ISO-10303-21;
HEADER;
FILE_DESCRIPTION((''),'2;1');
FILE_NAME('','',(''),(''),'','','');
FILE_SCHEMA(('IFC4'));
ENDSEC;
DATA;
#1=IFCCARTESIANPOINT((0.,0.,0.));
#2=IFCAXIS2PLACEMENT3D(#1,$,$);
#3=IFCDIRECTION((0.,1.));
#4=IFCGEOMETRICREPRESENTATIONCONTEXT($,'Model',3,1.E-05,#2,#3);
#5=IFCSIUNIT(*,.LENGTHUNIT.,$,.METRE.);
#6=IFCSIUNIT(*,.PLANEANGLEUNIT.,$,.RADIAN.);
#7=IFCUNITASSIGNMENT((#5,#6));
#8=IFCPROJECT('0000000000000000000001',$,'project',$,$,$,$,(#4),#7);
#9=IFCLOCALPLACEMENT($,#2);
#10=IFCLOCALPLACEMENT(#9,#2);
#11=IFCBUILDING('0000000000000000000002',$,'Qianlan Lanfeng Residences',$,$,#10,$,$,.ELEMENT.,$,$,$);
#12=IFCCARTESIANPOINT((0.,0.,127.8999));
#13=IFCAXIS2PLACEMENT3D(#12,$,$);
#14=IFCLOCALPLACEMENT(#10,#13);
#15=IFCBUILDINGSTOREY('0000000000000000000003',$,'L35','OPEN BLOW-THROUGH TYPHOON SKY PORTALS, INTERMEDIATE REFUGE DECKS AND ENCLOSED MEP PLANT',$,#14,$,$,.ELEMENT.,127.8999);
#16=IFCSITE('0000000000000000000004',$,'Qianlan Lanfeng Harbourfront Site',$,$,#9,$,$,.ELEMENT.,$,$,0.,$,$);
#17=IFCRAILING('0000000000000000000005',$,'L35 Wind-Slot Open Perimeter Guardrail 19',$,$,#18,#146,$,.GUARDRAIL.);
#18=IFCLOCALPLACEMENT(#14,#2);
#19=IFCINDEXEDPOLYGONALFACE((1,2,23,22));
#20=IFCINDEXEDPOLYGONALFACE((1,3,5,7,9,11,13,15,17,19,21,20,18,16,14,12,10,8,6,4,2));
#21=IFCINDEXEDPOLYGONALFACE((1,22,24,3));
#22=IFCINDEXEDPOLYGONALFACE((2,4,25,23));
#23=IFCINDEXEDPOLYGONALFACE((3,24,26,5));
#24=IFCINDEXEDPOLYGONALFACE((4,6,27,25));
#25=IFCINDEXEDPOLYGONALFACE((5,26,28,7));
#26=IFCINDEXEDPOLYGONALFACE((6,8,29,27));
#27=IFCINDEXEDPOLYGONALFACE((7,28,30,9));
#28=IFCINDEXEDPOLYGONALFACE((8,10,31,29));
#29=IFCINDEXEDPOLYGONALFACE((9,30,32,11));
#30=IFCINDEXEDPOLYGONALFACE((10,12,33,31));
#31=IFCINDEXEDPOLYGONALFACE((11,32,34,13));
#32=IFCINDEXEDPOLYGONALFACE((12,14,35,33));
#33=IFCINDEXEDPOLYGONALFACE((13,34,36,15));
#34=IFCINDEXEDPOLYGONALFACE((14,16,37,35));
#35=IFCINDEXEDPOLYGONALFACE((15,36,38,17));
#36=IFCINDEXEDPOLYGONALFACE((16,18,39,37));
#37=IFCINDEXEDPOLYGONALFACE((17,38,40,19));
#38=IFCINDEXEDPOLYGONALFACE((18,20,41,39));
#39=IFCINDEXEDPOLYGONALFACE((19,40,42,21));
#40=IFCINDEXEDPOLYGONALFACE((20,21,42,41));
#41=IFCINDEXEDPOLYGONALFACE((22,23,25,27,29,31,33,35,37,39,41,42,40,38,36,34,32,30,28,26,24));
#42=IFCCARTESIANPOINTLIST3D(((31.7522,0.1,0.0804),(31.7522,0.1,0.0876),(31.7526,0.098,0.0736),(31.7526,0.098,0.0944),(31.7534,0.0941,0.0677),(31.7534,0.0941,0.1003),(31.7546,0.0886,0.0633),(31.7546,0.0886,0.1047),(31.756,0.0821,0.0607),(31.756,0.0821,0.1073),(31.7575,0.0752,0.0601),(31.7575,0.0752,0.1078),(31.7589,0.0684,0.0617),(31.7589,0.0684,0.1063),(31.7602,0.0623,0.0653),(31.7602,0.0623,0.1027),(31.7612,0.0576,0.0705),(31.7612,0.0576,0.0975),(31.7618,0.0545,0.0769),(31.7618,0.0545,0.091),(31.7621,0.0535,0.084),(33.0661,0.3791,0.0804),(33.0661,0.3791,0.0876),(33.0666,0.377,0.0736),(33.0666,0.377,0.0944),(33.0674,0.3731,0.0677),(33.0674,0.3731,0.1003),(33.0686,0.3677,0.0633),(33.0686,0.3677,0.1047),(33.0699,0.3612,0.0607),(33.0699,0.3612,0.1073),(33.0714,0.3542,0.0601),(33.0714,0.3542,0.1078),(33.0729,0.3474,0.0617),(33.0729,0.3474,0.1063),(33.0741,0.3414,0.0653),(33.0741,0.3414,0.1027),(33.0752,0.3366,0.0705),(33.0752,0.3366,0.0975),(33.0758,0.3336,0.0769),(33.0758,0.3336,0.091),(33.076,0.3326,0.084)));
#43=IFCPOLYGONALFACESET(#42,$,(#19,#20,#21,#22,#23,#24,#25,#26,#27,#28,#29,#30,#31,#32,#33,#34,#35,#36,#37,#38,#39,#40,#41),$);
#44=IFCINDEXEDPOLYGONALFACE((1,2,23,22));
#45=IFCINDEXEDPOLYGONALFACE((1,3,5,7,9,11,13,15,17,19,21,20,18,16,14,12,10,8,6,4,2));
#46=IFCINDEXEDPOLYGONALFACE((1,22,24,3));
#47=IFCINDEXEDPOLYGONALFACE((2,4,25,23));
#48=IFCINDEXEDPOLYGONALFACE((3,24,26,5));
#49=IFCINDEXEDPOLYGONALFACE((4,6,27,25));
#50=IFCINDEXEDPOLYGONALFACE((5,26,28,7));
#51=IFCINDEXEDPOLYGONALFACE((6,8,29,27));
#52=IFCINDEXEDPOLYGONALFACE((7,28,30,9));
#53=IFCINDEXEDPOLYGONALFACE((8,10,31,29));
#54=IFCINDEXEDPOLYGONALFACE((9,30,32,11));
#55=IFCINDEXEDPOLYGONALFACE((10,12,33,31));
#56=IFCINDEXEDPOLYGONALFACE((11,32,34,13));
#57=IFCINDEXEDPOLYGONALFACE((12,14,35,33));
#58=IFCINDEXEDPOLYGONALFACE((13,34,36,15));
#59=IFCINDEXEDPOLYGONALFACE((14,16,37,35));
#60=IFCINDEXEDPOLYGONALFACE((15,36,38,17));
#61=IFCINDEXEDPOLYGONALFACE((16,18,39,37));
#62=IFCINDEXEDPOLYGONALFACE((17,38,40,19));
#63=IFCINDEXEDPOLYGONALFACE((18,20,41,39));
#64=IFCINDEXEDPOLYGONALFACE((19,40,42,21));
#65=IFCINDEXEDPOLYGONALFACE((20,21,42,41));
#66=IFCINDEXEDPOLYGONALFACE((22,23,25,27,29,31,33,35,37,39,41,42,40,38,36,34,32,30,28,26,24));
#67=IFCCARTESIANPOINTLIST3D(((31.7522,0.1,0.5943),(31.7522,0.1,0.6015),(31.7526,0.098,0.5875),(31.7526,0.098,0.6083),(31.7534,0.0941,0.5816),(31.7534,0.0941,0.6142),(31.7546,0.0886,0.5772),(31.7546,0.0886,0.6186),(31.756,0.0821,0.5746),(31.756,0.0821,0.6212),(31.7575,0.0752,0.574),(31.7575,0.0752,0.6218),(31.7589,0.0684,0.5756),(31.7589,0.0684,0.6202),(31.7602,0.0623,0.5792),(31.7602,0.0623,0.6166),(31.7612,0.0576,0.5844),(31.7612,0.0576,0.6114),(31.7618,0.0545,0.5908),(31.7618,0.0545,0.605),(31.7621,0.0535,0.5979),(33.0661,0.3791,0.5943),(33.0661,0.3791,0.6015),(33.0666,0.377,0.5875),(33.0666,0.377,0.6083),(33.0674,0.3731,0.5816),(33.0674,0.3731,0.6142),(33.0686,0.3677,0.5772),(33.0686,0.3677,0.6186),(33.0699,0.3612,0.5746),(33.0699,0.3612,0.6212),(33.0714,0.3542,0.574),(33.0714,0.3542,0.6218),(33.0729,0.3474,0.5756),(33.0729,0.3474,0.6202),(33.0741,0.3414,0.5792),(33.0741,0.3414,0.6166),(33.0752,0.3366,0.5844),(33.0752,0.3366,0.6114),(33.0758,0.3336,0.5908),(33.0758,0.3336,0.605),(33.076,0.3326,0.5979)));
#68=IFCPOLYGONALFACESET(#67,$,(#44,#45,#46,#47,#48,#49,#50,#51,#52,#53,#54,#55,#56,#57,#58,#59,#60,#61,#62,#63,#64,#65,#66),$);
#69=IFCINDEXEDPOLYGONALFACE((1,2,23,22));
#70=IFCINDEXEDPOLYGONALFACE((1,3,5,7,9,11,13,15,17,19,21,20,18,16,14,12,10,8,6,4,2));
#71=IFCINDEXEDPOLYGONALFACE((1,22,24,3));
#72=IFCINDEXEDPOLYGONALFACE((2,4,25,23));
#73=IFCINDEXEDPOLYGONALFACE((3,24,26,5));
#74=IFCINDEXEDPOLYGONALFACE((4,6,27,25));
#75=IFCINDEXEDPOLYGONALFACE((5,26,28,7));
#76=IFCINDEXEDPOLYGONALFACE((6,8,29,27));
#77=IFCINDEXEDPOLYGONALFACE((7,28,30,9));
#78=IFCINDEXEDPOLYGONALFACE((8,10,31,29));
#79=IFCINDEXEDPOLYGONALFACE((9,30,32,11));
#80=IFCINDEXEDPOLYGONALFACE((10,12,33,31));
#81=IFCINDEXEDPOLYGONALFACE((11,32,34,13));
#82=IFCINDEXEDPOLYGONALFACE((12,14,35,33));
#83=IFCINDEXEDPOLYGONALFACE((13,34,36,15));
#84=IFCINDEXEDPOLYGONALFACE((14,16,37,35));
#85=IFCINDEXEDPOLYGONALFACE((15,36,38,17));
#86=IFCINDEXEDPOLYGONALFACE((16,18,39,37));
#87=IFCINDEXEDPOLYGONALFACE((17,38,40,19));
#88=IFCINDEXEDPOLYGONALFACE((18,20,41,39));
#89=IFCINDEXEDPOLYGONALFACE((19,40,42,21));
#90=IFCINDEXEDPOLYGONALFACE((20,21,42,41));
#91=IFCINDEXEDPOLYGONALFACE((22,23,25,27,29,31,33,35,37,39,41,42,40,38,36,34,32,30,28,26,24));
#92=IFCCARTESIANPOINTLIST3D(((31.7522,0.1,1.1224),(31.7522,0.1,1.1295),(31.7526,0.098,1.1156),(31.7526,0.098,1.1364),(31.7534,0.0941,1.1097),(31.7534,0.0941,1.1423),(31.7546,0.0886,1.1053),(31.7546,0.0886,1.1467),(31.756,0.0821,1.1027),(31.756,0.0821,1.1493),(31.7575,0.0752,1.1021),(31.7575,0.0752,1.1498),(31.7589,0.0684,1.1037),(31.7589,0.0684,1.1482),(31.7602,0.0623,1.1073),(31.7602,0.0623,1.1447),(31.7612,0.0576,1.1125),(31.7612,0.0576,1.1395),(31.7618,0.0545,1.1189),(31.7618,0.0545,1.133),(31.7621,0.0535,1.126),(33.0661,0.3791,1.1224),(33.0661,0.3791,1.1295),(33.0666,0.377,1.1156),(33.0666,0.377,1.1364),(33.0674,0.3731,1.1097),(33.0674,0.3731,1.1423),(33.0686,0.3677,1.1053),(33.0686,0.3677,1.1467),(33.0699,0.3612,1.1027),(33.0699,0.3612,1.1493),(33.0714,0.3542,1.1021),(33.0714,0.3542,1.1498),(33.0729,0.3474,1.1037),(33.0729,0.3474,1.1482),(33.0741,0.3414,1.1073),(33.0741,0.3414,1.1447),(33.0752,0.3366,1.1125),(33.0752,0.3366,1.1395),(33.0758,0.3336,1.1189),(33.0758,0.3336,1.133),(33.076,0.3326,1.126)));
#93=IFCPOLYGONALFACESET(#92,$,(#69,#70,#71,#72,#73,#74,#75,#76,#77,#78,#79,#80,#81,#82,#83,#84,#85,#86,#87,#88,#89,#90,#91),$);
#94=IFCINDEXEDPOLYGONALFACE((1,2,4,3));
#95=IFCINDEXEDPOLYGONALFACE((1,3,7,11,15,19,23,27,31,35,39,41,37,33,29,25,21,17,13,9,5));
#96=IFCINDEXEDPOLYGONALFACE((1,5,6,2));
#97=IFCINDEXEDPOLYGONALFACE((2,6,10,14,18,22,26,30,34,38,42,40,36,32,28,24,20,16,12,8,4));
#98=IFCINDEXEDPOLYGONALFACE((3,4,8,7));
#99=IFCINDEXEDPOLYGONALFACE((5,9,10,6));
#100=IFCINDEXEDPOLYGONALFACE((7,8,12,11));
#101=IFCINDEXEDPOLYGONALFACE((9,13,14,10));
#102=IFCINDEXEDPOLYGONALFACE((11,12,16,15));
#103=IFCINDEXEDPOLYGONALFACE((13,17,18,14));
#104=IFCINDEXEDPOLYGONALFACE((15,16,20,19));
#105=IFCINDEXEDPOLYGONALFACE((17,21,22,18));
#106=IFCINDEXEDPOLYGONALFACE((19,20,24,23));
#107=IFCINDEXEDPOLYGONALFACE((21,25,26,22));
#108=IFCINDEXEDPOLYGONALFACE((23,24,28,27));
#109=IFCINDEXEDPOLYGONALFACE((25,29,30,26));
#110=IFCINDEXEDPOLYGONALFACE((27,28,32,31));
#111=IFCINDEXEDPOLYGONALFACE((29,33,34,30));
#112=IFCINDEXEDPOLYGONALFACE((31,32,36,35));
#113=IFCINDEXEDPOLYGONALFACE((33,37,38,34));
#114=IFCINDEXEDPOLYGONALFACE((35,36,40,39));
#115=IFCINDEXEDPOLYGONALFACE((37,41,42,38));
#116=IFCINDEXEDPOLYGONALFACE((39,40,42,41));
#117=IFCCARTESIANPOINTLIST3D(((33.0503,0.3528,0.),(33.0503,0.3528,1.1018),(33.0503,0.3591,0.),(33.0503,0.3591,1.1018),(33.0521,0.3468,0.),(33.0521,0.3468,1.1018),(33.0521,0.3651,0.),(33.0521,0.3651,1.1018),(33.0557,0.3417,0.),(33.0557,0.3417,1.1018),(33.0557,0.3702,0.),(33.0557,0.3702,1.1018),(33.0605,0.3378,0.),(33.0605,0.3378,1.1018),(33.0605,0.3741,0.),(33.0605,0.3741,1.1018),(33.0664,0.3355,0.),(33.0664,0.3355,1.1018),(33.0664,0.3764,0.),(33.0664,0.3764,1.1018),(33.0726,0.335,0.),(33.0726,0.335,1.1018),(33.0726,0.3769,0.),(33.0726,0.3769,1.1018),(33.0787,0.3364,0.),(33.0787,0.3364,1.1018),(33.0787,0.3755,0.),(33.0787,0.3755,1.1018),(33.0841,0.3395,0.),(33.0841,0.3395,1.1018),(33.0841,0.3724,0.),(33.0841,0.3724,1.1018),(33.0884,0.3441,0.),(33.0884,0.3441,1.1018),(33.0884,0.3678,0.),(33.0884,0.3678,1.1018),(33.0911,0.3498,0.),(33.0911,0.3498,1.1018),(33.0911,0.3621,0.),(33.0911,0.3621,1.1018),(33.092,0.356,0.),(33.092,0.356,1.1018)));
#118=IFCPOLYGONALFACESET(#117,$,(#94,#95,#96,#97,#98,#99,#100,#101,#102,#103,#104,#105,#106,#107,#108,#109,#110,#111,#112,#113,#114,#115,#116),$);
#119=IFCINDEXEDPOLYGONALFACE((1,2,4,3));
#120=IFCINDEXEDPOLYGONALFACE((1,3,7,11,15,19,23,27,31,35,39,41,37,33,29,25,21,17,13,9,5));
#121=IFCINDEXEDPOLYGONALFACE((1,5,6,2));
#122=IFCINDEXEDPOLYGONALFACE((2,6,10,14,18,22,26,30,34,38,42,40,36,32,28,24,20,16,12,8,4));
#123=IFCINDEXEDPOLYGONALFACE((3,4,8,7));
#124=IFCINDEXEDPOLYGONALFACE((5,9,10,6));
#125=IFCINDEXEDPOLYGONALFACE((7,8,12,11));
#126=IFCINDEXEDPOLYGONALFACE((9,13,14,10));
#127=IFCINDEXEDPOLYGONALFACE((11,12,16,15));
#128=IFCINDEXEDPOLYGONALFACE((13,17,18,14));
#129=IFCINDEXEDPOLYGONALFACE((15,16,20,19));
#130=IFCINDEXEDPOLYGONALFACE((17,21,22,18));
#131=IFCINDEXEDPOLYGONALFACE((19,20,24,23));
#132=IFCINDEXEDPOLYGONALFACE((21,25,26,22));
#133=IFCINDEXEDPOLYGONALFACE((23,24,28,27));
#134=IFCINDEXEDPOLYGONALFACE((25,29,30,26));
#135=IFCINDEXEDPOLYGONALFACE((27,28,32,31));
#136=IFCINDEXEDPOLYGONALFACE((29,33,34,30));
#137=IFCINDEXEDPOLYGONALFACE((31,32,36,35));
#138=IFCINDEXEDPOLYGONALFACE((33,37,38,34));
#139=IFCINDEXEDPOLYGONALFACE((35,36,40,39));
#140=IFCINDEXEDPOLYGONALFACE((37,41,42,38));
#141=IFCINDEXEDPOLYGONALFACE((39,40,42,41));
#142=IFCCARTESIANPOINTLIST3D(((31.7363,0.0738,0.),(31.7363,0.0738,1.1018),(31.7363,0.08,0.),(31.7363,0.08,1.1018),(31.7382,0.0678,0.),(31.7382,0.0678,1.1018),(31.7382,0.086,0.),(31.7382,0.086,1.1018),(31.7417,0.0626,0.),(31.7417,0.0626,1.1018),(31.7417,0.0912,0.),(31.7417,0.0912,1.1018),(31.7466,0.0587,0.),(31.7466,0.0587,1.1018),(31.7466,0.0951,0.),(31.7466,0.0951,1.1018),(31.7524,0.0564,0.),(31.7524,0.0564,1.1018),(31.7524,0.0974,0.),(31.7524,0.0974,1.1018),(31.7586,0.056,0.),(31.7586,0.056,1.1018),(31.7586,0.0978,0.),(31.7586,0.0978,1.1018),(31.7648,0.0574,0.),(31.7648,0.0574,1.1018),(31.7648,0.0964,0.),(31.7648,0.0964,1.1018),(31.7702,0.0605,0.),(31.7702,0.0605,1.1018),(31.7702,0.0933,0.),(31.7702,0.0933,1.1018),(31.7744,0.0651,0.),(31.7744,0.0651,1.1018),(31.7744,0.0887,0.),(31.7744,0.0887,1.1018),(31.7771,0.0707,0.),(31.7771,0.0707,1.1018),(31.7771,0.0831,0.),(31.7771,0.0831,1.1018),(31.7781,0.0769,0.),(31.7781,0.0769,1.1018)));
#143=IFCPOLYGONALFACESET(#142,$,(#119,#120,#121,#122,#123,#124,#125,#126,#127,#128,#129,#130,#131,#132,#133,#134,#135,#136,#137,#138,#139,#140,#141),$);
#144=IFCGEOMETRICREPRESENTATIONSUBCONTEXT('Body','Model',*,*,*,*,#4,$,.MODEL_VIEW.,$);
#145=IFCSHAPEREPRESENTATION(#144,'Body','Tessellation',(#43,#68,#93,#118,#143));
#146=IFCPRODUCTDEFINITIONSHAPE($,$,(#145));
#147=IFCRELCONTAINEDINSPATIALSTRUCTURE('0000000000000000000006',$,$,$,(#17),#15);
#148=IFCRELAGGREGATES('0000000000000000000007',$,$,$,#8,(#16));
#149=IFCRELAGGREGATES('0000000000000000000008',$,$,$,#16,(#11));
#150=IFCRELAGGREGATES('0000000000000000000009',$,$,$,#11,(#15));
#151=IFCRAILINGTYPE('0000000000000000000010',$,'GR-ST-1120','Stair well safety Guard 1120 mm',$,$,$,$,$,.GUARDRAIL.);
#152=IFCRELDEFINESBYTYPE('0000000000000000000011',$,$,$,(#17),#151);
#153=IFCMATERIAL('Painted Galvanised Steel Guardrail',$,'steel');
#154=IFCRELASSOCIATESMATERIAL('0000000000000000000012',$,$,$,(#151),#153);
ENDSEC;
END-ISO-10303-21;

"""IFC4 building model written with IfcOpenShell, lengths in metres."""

from ifc_helpers import new_model, si_unit, direction, frame, origin, origin_2d, place, context, subcontext, project, spatial, circle, extrude, material, type_object, element, save


model = new_model("IFC4")

# Units and contexts
model_context = context("Model", 3, precision=1e-05, world=origin(), true_north=direction((0.0, 1.0)))
body_context = subcontext(model_context, "Body", "Model", "MODEL_VIEW")
ifc_project = project(units=[si_unit("LENGTHUNIT", "METRE"), si_unit("PLANEANGLEUNIT", "RADIAN")], contexts=[model_context])

# Site, building, storey
site_placement = place(None, origin())
site = spatial("IfcSite", under=ifc_project, at=site_placement, Name="Qianlan Lanfeng Harbourfront Site", CompositionType="ELEMENT", RefElevation=0.0)
building_placement = place(site_placement, origin())
building = spatial("IfcBuilding", under=site, at=building_placement, Name="Qianlan Lanfeng Residences", CompositionType="ELEMENT")
storey_placement = place(building_placement, frame((0.0, 0.0, 127.8999)))
storey = spatial("IfcBuildingStorey", under=building, at=storey_placement, Name="L35", Description="OPEN BLOW-THROUGH TYPHOON SKY PORTALS, INTERMEDIATE REFUGE DECKS AND ENCLOSED MEP PLANT", CompositionType="ELEMENT", Elevation=127.8999)

# Railing
ifc_material_1 = material(Name="Painted Galvanised Steel Guardrail", Category="steel")
railing_type = type_object("IfcRailingType", Name="GR-ST-1120", Description="Stair well safety Guard 1120 mm", PredefinedType="GUARDRAIL", material=ifc_material_1)
railing_1_placement = place(storey_placement, frame((33.071, 0.356, 0.0)))
element("IfcRailing", 1, at=railing_1_placement, inside=storey, type_object=railing_type, Name="L35 Wind-Slot Open Perimeter Guardrail 19", PredefinedType="GUARDRAIL", context=body_context, shape_type="SweptSolid", body=[
    extrude(circle(Radius=0.0239, at=origin_2d()), frame((0.0, 0.0, 0.084), z_axis=(-0.978184, -0.207741, 0.0), x_axis=(0.207741, -0.978184, 0.0)), (0.0, 0.0, 1.0), 1.3433),
    extrude(circle(Radius=0.0239, at=origin_2d()), frame((0.0, 0.0, 0.5979), z_axis=(-0.978184, -0.207741, 0.0), x_axis=(0.207741, -0.978184, 0.0)), (0.0, 0.0, 1.0), 1.3433),
    extrude(circle(Radius=0.0239, at=origin_2d()), frame((0.0, 0.0, 1.126), z_axis=(-0.978184, -0.207741, 0.0), x_axis=(0.207741, -0.978184, 0.0)), (0.0, 0.0, 1.0), 1.3433),
    extrude(circle(Radius=0.021, at=origin_2d()), origin(), (0.0, 0.0, 1.0), 1.1018),
    extrude(circle(Radius=0.021, at=origin_2d()), frame((-1.314, -0.2791, 0.0)), (0.0, 0.0, 1.0), 1.1018),
])

save(model, "model.ifc")
